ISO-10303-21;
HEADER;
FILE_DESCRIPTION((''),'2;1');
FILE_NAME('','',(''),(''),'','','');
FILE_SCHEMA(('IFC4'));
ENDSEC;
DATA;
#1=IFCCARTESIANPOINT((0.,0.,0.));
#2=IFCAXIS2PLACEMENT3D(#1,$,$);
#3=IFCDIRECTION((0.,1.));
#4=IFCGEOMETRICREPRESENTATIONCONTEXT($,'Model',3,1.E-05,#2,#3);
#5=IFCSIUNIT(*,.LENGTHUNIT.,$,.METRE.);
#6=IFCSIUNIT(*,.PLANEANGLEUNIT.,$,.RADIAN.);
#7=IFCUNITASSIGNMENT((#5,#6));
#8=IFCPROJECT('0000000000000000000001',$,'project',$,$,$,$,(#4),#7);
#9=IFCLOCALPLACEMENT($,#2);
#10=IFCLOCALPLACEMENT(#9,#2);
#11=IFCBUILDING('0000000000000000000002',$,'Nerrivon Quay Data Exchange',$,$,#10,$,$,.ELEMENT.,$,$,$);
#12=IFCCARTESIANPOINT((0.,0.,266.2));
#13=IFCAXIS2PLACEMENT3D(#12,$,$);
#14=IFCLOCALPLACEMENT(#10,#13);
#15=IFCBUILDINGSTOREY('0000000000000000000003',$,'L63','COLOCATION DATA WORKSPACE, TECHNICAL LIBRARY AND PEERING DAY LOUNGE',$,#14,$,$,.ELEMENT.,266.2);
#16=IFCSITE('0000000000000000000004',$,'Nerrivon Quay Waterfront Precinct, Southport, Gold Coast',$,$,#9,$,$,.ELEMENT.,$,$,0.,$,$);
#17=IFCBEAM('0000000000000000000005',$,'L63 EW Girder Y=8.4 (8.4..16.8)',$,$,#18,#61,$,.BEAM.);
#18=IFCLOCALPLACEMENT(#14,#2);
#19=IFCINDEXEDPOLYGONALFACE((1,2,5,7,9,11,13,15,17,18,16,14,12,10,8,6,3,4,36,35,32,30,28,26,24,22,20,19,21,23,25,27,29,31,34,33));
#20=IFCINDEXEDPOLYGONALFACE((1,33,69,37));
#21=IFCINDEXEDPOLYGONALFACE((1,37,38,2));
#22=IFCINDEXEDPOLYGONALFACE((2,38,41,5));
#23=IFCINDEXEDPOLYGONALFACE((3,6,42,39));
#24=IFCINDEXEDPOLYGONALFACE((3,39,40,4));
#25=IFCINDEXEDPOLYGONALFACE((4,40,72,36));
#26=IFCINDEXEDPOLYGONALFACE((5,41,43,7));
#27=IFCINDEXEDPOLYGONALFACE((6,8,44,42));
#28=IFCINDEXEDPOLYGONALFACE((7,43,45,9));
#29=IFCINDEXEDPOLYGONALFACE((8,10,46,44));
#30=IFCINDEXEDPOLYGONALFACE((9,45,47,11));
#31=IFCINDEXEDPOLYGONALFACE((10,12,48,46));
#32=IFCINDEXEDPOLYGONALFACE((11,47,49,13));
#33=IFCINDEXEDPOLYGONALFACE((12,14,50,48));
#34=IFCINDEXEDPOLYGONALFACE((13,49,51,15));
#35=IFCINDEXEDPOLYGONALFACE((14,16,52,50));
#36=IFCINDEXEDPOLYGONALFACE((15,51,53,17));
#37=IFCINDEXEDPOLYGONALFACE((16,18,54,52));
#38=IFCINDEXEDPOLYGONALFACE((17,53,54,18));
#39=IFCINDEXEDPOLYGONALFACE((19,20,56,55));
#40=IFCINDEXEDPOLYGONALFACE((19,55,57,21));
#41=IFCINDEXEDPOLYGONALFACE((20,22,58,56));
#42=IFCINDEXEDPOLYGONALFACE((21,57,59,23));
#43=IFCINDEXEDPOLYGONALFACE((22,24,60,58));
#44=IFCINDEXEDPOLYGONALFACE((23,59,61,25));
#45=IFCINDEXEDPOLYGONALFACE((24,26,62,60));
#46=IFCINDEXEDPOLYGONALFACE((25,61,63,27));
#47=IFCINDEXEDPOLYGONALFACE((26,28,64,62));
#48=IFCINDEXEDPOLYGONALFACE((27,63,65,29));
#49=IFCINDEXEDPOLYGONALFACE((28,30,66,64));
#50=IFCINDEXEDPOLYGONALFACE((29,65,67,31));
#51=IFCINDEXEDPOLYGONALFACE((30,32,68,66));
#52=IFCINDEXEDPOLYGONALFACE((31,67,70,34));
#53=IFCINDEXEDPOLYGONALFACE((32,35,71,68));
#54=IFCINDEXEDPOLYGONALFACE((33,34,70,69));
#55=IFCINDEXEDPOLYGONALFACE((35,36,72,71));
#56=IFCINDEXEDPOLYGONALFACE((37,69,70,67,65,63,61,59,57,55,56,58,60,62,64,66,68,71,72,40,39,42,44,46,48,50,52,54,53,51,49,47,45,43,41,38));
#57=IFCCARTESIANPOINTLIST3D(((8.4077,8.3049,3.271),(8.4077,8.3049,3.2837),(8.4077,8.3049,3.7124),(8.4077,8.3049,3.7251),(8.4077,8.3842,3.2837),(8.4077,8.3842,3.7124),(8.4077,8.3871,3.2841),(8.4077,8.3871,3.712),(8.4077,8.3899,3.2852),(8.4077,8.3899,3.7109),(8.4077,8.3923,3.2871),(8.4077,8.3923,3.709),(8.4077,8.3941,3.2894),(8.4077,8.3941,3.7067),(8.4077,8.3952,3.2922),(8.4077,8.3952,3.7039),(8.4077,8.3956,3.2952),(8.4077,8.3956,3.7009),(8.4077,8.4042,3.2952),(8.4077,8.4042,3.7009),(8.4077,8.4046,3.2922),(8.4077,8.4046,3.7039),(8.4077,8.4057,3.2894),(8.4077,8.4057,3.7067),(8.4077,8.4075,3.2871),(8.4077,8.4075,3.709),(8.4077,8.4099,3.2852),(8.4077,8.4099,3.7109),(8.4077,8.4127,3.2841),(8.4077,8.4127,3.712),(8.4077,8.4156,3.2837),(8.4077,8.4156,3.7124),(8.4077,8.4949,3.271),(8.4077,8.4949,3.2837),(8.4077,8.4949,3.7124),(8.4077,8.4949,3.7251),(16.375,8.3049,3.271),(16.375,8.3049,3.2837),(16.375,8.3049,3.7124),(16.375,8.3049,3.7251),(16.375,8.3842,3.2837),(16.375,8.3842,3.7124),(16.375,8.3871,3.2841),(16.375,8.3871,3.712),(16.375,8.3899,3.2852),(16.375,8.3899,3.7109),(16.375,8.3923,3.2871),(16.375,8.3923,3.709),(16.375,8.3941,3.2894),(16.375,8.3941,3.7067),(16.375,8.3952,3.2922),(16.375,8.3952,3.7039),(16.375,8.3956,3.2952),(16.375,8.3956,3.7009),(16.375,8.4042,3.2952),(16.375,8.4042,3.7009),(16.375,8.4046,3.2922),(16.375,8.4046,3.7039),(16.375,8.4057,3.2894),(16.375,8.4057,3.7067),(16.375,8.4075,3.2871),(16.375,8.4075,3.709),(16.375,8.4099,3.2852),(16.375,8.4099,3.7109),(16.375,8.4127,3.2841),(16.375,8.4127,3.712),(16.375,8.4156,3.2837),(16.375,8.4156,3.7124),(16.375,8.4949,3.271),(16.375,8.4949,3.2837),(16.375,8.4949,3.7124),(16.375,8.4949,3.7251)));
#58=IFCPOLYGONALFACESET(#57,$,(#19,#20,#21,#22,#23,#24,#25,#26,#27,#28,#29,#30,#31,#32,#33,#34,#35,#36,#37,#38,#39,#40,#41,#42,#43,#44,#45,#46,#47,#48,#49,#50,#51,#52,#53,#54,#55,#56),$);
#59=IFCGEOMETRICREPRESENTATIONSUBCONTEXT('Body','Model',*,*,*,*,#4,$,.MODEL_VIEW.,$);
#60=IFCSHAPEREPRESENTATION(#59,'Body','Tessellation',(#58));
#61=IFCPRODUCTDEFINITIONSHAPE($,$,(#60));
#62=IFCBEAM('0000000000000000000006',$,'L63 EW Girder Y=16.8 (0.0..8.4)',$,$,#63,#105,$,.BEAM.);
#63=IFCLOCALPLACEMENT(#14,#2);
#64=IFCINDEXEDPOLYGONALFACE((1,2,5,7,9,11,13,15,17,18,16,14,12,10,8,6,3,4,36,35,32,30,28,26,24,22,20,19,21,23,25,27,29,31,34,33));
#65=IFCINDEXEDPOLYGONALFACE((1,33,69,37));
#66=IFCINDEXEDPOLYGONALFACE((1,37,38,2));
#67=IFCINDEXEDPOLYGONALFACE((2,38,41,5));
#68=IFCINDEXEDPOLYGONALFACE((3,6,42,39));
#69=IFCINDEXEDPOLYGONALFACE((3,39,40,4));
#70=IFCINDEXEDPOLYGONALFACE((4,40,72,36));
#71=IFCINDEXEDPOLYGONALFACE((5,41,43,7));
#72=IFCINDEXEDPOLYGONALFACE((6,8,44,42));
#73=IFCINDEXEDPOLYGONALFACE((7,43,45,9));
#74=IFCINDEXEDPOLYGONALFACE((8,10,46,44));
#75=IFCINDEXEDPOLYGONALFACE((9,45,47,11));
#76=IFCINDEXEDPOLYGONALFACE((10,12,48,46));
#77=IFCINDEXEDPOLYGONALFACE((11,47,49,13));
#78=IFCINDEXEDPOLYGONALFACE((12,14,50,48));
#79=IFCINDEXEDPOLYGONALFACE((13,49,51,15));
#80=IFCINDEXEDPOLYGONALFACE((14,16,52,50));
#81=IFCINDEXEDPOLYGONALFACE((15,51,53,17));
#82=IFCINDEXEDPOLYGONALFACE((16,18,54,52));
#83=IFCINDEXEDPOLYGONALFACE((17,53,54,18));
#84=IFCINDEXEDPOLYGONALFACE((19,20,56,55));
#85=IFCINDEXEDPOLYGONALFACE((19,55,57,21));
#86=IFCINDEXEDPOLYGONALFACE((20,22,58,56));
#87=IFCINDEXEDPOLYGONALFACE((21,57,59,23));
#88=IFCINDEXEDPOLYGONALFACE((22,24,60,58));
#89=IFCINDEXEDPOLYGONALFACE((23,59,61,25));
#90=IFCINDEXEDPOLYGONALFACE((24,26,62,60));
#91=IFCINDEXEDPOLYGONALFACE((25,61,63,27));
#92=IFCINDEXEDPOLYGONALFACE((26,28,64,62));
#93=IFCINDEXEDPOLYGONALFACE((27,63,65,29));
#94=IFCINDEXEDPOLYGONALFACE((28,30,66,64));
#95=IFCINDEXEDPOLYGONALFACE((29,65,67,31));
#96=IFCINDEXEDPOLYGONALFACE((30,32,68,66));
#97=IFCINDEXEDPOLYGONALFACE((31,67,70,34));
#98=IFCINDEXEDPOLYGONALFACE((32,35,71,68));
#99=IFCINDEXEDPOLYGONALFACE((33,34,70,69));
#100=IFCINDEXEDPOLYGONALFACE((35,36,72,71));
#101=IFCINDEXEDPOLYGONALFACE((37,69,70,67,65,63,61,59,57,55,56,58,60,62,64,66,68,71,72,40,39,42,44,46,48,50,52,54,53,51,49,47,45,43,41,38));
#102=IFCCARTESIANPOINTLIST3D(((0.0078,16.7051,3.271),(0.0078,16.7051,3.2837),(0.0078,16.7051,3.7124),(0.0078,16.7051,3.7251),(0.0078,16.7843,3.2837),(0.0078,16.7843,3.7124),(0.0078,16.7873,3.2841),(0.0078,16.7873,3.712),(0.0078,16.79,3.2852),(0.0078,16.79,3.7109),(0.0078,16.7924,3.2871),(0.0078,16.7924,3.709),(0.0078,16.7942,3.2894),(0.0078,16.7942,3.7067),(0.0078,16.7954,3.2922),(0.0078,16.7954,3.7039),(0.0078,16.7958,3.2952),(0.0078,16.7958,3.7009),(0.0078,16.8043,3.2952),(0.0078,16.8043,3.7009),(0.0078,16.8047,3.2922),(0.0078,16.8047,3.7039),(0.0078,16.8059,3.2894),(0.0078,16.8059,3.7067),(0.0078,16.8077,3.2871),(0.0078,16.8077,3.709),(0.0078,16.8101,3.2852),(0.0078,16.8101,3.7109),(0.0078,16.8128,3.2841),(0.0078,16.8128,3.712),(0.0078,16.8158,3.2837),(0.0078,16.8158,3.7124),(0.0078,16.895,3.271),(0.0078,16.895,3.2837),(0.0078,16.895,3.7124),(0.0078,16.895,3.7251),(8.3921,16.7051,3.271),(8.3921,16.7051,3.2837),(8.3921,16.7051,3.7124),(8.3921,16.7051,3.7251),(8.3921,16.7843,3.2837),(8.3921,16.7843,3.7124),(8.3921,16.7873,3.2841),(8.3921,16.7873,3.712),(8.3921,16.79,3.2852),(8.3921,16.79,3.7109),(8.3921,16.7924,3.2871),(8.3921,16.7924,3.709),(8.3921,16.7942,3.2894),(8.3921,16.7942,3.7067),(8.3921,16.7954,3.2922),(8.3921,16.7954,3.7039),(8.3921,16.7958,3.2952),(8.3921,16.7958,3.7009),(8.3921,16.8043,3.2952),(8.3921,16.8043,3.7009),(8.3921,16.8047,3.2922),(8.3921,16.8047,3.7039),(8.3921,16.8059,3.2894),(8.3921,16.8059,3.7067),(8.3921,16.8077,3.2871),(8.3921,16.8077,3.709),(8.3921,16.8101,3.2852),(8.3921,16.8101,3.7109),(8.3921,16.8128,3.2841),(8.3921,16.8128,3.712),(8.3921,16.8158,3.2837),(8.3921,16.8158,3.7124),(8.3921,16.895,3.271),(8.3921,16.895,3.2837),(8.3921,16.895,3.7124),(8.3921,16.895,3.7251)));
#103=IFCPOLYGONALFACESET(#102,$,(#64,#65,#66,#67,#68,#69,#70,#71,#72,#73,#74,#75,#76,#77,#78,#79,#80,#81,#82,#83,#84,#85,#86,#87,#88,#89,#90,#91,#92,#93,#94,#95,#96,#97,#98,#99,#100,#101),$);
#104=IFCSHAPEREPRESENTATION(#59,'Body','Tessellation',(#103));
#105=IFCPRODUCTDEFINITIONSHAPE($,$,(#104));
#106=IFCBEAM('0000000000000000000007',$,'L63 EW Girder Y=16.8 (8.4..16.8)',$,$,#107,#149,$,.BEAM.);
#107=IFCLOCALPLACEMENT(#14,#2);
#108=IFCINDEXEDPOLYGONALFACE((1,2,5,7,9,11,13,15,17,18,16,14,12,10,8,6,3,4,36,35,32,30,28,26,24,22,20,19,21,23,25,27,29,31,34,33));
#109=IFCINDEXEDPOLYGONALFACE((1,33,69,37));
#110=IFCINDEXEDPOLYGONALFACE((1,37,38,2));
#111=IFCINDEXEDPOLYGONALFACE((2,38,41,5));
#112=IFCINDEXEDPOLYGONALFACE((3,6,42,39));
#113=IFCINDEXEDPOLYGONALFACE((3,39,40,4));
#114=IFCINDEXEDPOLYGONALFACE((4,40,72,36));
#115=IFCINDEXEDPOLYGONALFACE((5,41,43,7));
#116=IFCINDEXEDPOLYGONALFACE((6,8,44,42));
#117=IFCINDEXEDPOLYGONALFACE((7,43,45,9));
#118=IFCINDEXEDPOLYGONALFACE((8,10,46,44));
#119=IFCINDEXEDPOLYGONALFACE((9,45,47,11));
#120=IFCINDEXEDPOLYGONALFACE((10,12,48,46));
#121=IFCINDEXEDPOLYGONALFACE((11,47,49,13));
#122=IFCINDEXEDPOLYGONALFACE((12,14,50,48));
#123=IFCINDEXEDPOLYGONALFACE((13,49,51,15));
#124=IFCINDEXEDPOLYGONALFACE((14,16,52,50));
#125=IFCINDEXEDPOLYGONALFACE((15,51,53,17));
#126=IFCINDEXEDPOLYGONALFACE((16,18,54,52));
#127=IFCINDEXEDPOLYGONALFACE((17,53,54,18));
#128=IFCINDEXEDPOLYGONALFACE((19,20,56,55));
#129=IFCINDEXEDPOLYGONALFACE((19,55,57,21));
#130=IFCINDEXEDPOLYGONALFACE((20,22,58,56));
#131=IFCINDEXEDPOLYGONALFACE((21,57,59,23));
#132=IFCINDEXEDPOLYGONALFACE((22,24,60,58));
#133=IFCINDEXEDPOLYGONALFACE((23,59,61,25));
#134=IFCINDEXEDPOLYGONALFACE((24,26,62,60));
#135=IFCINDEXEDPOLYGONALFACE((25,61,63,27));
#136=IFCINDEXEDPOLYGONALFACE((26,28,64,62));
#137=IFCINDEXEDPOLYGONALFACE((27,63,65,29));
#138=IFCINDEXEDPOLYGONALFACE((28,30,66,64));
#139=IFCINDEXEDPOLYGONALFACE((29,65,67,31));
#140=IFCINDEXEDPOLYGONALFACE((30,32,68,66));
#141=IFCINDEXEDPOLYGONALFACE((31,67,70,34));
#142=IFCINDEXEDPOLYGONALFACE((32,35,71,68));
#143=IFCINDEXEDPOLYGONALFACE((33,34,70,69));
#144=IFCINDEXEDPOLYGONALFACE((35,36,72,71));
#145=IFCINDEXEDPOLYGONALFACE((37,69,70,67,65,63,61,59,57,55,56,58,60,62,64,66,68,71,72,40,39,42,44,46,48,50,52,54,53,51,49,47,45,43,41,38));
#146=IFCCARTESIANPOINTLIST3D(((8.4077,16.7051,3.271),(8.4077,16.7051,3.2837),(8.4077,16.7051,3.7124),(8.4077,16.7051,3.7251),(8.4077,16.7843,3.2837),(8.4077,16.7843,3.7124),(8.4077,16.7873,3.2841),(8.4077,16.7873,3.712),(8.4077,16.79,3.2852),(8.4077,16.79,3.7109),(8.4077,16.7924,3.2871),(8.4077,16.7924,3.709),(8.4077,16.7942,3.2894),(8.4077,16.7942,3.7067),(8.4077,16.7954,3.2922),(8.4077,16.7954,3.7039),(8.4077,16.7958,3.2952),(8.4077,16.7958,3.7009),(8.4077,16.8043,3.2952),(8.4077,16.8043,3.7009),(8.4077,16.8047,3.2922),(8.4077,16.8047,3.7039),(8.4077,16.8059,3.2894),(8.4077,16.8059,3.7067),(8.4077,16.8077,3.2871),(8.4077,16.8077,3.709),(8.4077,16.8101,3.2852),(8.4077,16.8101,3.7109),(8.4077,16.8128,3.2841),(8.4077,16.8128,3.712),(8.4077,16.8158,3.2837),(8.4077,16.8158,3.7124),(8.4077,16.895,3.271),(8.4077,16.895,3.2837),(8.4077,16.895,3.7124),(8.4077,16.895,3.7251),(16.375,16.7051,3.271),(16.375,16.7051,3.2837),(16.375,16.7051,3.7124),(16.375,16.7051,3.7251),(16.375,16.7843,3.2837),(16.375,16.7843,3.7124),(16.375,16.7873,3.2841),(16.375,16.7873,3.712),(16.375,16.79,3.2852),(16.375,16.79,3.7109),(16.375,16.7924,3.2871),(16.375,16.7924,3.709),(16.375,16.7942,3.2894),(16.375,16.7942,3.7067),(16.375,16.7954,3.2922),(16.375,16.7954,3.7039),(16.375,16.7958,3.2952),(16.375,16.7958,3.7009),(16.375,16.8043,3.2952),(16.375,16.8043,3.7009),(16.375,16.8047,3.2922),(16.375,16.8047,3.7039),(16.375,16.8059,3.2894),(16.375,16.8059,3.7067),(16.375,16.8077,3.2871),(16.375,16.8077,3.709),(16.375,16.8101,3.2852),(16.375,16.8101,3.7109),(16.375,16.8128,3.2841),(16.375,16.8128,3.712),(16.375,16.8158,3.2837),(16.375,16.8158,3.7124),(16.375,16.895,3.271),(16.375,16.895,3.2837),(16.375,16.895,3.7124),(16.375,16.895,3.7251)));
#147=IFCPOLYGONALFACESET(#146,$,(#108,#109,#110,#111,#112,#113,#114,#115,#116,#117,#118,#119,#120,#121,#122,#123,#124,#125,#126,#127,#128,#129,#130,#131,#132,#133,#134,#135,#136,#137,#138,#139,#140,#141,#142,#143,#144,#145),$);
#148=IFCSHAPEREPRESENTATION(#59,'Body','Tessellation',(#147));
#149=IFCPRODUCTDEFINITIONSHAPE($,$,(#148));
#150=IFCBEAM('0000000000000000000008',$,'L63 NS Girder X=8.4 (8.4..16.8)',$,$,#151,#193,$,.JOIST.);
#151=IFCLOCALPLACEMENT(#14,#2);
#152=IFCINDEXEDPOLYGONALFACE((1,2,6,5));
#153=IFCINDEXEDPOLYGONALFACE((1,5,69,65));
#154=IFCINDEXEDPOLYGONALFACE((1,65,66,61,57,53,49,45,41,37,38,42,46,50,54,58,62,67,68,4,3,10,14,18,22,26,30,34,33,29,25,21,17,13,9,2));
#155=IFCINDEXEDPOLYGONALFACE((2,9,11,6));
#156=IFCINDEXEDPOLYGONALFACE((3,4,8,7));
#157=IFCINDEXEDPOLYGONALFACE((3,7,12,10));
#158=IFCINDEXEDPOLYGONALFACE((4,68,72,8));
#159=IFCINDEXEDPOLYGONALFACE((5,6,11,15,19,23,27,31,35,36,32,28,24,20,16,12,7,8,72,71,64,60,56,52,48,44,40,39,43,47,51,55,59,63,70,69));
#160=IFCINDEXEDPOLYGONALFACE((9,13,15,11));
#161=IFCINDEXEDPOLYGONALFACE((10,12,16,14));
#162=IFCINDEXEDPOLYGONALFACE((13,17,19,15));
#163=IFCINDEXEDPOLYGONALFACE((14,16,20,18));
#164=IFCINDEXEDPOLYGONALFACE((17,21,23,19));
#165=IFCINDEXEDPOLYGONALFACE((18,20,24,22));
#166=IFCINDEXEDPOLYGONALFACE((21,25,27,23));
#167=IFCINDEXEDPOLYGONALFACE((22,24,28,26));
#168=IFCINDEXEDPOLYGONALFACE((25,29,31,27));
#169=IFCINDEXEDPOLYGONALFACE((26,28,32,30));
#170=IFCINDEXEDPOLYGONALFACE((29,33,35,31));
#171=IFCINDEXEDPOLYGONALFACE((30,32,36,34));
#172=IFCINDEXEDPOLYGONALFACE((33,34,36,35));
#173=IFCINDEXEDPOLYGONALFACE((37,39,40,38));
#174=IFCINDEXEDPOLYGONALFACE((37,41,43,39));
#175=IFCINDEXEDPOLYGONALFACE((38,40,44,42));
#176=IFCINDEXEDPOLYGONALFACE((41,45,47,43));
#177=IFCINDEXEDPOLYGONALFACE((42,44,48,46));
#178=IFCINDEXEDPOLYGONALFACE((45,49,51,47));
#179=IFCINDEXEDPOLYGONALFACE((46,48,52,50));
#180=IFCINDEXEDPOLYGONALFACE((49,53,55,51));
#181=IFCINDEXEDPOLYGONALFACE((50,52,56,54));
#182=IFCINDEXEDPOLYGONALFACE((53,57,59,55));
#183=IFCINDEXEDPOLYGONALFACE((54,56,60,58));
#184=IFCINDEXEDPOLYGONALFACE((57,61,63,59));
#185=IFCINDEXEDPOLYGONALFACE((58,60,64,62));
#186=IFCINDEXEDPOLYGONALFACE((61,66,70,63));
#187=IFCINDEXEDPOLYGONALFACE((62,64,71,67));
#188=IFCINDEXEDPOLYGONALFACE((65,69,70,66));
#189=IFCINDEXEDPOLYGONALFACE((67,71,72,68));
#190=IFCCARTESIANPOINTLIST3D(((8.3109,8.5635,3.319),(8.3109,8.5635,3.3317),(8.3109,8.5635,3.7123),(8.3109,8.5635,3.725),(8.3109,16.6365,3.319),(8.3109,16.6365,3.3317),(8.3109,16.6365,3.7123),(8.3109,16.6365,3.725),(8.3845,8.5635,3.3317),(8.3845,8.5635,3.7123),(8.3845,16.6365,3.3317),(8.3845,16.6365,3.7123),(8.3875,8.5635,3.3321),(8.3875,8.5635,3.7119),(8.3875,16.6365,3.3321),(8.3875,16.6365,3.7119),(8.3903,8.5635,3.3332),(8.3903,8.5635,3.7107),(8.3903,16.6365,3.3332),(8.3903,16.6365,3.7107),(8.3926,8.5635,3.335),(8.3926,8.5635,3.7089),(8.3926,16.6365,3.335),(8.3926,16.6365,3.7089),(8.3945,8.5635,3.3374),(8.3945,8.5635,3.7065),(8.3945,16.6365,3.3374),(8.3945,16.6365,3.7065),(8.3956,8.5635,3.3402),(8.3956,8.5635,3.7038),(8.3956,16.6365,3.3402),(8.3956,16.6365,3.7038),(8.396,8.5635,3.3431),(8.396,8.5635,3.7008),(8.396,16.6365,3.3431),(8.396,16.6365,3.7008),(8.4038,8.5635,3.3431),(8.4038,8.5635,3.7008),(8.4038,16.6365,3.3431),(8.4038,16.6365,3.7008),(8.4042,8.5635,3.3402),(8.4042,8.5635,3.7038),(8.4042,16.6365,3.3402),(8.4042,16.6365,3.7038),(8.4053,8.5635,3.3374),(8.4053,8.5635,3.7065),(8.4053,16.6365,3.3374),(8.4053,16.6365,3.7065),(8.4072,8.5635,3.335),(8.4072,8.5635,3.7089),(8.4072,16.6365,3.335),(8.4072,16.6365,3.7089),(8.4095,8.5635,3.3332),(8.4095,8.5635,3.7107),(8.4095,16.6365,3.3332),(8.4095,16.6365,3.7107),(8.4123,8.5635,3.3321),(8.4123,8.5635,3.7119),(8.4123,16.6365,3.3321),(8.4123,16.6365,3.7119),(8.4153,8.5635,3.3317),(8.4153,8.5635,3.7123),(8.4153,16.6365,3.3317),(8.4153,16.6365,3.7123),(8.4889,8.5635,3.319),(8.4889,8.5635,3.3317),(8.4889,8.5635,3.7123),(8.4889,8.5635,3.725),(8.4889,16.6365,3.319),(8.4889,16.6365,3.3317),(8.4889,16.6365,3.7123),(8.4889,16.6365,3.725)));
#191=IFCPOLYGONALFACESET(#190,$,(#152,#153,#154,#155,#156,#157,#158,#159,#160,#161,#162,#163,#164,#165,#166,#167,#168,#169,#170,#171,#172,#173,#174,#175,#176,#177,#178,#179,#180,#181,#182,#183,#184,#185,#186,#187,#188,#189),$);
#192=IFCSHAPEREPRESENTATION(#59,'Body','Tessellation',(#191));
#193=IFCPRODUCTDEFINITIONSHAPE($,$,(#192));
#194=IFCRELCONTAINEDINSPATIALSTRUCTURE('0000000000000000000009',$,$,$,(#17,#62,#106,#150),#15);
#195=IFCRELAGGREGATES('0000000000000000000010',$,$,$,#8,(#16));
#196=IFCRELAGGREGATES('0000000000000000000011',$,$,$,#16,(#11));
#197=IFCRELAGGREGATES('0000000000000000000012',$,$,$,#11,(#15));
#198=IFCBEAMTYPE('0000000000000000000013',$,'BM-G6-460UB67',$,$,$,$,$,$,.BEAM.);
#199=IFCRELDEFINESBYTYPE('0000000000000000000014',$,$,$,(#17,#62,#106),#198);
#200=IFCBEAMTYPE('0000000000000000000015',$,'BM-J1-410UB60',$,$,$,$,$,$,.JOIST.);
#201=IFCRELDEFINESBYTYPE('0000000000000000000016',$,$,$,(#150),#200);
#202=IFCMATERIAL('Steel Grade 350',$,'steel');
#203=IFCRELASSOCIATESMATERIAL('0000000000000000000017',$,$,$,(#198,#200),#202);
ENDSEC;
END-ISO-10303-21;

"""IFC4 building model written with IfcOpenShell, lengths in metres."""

from ifc_helpers import new_model, si_unit, direction, frame, origin, origin_2d, place, context, subcontext, project, spatial, i_section, extrude, material, material_profile, profile_set, type_object, element, save


model = new_model("IFC4")

# Units and contexts
model_context = context("Model", 3, precision=1e-05, world=origin(), true_north=direction((0.0, 1.0)))
body_context = subcontext(model_context, "Body", "Model", "MODEL_VIEW")
ifc_project = project(units=[si_unit("LENGTHUNIT", "METRE"), si_unit("PLANEANGLEUNIT", "RADIAN")], contexts=[model_context])

# Site, building, storey
site_placement = place(None, origin())
site = spatial("IfcSite", under=ifc_project, at=site_placement, Name="Nerrivon Quay Waterfront Precinct, Southport, Gold Coast", CompositionType="ELEMENT", RefElevation=0.0)
building_placement = place(site_placement, origin())
building = spatial("IfcBuilding", under=site, at=building_placement, Name="Nerrivon Quay Data Exchange", CompositionType="ELEMENT")
storey_placement = place(building_placement, frame((0.0, 0.0, 266.2)))
storey = spatial("IfcBuildingStorey", under=building, at=storey_placement, Name="L63", Description="COLOCATION DATA WORKSPACE, TECHNICAL LIBRARY AND PEERING DAY LOUNGE", CompositionType="ELEMENT", Elevation=266.2)

# Shared definitions
ifc_material_1 = material(Name="Steel Grade 350", Category="steel")

# Beams
ifc_material_profile_1 = material_profile(ifc_material_1, i_section(OverallWidth=0.1899, OverallDepth=0.4541, WebThickness=0.0085, FlangeThickness=0.0127, FilletRadius=0.0115, at=origin_2d()), Name="460UB67.1")
ifc_profile_set_1 = profile_set([ifc_material_profile_1], Name="Steel Grade 350")
beam_type_1 = type_object("IfcBeamType", Name="BM-G6-460UB67", PredefinedType="BEAM", material=ifc_profile_set_1)
beam_1_placement = place(storey_placement, frame((8.4077, 8.3999, 3.498), z_axis=(1.0, 0.0, 0.0), x_axis=(0.0, 1.0, 0.0)))
element("IfcBeam", 1, at=beam_1_placement, inside=storey, type_object=beam_type_1, Name="L63 EW Girder Y=8.4 (8.4..16.8)", PredefinedType="BEAM", context=body_context, shape_type="SweptSolid", body=[
    extrude(i_section(OverallWidth=0.1899, OverallDepth=0.4541, WebThickness=0.0085, FlangeThickness=0.0127, FilletRadius=0.0115, at=origin_2d()), origin(), (0.0, 0.0, 1.0), 7.9673),
])
beam_2_placement = place(storey_placement, frame((0.0078, 16.8, 3.498), z_axis=(1.0, 0.0, 0.0), x_axis=(0.0, 1.0, 0.0)))
element("IfcBeam", 2, at=beam_2_placement, inside=storey, type_object=beam_type_1, Name="L63 EW Girder Y=16.8 (0.0..8.4)", PredefinedType="BEAM", context=body_context, shape_type="SweptSolid", body=[
    extrude(i_section(OverallWidth=0.1899, OverallDepth=0.4541, WebThickness=0.0085, FlangeThickness=0.0127, FilletRadius=0.0115, at=origin_2d()), origin(), (0.0, 0.0, 1.0), 8.3843),
])
beam_3_placement = place(storey_placement, frame((8.4077, 16.8, 3.498), z_axis=(1.0, 0.0, 0.0), x_axis=(0.0, 1.0, 0.0)))
element("IfcBeam", 3, at=beam_3_placement, inside=storey, type_object=beam_type_1, Name="L63 EW Girder Y=16.8 (8.4..16.8)", PredefinedType="BEAM", context=body_context, shape_type="SweptSolid", body=[
    extrude(i_section(OverallWidth=0.1899, OverallDepth=0.4541, WebThickness=0.0085, FlangeThickness=0.0127, FilletRadius=0.0115, at=origin_2d()), origin(), (0.0, 0.0, 1.0), 7.9673),
])
ifc_material_profile_2 = material_profile(ifc_material_1, i_section(OverallWidth=0.178, OverallDepth=0.406, WebThickness=0.0078, FlangeThickness=0.0127, FilletRadius=0.0115, at=origin_2d()), Name="410UB59.7")
ifc_profile_set_2 = profile_set([ifc_material_profile_2], Name="Steel Grade 350")
beam_type_2 = type_object("IfcBeamType", Name="BM-J1-410UB60", PredefinedType="JOIST", material=ifc_profile_set_2)
beam_4_placement = place(storey_placement, frame((8.3999, 8.5635, 3.522), z_axis=(0.0, 1.0, 0.0), x_axis=(-1.0, 0.0, 0.0)))
element("IfcBeam", 4, at=beam_4_placement, inside=storey, type_object=beam_type_2, Name="L63 NS Girder X=8.4 (8.4..16.8)", PredefinedType="JOIST", context=body_context, shape_type="SweptSolid", body=[
    extrude(i_section(OverallWidth=0.178, OverallDepth=0.406, WebThickness=0.0078, FlangeThickness=0.0127, FilletRadius=0.0115, at=origin_2d()), origin(), (0.0, 0.0, 1.0), 8.073),
])

save(model, "model.ifc")
